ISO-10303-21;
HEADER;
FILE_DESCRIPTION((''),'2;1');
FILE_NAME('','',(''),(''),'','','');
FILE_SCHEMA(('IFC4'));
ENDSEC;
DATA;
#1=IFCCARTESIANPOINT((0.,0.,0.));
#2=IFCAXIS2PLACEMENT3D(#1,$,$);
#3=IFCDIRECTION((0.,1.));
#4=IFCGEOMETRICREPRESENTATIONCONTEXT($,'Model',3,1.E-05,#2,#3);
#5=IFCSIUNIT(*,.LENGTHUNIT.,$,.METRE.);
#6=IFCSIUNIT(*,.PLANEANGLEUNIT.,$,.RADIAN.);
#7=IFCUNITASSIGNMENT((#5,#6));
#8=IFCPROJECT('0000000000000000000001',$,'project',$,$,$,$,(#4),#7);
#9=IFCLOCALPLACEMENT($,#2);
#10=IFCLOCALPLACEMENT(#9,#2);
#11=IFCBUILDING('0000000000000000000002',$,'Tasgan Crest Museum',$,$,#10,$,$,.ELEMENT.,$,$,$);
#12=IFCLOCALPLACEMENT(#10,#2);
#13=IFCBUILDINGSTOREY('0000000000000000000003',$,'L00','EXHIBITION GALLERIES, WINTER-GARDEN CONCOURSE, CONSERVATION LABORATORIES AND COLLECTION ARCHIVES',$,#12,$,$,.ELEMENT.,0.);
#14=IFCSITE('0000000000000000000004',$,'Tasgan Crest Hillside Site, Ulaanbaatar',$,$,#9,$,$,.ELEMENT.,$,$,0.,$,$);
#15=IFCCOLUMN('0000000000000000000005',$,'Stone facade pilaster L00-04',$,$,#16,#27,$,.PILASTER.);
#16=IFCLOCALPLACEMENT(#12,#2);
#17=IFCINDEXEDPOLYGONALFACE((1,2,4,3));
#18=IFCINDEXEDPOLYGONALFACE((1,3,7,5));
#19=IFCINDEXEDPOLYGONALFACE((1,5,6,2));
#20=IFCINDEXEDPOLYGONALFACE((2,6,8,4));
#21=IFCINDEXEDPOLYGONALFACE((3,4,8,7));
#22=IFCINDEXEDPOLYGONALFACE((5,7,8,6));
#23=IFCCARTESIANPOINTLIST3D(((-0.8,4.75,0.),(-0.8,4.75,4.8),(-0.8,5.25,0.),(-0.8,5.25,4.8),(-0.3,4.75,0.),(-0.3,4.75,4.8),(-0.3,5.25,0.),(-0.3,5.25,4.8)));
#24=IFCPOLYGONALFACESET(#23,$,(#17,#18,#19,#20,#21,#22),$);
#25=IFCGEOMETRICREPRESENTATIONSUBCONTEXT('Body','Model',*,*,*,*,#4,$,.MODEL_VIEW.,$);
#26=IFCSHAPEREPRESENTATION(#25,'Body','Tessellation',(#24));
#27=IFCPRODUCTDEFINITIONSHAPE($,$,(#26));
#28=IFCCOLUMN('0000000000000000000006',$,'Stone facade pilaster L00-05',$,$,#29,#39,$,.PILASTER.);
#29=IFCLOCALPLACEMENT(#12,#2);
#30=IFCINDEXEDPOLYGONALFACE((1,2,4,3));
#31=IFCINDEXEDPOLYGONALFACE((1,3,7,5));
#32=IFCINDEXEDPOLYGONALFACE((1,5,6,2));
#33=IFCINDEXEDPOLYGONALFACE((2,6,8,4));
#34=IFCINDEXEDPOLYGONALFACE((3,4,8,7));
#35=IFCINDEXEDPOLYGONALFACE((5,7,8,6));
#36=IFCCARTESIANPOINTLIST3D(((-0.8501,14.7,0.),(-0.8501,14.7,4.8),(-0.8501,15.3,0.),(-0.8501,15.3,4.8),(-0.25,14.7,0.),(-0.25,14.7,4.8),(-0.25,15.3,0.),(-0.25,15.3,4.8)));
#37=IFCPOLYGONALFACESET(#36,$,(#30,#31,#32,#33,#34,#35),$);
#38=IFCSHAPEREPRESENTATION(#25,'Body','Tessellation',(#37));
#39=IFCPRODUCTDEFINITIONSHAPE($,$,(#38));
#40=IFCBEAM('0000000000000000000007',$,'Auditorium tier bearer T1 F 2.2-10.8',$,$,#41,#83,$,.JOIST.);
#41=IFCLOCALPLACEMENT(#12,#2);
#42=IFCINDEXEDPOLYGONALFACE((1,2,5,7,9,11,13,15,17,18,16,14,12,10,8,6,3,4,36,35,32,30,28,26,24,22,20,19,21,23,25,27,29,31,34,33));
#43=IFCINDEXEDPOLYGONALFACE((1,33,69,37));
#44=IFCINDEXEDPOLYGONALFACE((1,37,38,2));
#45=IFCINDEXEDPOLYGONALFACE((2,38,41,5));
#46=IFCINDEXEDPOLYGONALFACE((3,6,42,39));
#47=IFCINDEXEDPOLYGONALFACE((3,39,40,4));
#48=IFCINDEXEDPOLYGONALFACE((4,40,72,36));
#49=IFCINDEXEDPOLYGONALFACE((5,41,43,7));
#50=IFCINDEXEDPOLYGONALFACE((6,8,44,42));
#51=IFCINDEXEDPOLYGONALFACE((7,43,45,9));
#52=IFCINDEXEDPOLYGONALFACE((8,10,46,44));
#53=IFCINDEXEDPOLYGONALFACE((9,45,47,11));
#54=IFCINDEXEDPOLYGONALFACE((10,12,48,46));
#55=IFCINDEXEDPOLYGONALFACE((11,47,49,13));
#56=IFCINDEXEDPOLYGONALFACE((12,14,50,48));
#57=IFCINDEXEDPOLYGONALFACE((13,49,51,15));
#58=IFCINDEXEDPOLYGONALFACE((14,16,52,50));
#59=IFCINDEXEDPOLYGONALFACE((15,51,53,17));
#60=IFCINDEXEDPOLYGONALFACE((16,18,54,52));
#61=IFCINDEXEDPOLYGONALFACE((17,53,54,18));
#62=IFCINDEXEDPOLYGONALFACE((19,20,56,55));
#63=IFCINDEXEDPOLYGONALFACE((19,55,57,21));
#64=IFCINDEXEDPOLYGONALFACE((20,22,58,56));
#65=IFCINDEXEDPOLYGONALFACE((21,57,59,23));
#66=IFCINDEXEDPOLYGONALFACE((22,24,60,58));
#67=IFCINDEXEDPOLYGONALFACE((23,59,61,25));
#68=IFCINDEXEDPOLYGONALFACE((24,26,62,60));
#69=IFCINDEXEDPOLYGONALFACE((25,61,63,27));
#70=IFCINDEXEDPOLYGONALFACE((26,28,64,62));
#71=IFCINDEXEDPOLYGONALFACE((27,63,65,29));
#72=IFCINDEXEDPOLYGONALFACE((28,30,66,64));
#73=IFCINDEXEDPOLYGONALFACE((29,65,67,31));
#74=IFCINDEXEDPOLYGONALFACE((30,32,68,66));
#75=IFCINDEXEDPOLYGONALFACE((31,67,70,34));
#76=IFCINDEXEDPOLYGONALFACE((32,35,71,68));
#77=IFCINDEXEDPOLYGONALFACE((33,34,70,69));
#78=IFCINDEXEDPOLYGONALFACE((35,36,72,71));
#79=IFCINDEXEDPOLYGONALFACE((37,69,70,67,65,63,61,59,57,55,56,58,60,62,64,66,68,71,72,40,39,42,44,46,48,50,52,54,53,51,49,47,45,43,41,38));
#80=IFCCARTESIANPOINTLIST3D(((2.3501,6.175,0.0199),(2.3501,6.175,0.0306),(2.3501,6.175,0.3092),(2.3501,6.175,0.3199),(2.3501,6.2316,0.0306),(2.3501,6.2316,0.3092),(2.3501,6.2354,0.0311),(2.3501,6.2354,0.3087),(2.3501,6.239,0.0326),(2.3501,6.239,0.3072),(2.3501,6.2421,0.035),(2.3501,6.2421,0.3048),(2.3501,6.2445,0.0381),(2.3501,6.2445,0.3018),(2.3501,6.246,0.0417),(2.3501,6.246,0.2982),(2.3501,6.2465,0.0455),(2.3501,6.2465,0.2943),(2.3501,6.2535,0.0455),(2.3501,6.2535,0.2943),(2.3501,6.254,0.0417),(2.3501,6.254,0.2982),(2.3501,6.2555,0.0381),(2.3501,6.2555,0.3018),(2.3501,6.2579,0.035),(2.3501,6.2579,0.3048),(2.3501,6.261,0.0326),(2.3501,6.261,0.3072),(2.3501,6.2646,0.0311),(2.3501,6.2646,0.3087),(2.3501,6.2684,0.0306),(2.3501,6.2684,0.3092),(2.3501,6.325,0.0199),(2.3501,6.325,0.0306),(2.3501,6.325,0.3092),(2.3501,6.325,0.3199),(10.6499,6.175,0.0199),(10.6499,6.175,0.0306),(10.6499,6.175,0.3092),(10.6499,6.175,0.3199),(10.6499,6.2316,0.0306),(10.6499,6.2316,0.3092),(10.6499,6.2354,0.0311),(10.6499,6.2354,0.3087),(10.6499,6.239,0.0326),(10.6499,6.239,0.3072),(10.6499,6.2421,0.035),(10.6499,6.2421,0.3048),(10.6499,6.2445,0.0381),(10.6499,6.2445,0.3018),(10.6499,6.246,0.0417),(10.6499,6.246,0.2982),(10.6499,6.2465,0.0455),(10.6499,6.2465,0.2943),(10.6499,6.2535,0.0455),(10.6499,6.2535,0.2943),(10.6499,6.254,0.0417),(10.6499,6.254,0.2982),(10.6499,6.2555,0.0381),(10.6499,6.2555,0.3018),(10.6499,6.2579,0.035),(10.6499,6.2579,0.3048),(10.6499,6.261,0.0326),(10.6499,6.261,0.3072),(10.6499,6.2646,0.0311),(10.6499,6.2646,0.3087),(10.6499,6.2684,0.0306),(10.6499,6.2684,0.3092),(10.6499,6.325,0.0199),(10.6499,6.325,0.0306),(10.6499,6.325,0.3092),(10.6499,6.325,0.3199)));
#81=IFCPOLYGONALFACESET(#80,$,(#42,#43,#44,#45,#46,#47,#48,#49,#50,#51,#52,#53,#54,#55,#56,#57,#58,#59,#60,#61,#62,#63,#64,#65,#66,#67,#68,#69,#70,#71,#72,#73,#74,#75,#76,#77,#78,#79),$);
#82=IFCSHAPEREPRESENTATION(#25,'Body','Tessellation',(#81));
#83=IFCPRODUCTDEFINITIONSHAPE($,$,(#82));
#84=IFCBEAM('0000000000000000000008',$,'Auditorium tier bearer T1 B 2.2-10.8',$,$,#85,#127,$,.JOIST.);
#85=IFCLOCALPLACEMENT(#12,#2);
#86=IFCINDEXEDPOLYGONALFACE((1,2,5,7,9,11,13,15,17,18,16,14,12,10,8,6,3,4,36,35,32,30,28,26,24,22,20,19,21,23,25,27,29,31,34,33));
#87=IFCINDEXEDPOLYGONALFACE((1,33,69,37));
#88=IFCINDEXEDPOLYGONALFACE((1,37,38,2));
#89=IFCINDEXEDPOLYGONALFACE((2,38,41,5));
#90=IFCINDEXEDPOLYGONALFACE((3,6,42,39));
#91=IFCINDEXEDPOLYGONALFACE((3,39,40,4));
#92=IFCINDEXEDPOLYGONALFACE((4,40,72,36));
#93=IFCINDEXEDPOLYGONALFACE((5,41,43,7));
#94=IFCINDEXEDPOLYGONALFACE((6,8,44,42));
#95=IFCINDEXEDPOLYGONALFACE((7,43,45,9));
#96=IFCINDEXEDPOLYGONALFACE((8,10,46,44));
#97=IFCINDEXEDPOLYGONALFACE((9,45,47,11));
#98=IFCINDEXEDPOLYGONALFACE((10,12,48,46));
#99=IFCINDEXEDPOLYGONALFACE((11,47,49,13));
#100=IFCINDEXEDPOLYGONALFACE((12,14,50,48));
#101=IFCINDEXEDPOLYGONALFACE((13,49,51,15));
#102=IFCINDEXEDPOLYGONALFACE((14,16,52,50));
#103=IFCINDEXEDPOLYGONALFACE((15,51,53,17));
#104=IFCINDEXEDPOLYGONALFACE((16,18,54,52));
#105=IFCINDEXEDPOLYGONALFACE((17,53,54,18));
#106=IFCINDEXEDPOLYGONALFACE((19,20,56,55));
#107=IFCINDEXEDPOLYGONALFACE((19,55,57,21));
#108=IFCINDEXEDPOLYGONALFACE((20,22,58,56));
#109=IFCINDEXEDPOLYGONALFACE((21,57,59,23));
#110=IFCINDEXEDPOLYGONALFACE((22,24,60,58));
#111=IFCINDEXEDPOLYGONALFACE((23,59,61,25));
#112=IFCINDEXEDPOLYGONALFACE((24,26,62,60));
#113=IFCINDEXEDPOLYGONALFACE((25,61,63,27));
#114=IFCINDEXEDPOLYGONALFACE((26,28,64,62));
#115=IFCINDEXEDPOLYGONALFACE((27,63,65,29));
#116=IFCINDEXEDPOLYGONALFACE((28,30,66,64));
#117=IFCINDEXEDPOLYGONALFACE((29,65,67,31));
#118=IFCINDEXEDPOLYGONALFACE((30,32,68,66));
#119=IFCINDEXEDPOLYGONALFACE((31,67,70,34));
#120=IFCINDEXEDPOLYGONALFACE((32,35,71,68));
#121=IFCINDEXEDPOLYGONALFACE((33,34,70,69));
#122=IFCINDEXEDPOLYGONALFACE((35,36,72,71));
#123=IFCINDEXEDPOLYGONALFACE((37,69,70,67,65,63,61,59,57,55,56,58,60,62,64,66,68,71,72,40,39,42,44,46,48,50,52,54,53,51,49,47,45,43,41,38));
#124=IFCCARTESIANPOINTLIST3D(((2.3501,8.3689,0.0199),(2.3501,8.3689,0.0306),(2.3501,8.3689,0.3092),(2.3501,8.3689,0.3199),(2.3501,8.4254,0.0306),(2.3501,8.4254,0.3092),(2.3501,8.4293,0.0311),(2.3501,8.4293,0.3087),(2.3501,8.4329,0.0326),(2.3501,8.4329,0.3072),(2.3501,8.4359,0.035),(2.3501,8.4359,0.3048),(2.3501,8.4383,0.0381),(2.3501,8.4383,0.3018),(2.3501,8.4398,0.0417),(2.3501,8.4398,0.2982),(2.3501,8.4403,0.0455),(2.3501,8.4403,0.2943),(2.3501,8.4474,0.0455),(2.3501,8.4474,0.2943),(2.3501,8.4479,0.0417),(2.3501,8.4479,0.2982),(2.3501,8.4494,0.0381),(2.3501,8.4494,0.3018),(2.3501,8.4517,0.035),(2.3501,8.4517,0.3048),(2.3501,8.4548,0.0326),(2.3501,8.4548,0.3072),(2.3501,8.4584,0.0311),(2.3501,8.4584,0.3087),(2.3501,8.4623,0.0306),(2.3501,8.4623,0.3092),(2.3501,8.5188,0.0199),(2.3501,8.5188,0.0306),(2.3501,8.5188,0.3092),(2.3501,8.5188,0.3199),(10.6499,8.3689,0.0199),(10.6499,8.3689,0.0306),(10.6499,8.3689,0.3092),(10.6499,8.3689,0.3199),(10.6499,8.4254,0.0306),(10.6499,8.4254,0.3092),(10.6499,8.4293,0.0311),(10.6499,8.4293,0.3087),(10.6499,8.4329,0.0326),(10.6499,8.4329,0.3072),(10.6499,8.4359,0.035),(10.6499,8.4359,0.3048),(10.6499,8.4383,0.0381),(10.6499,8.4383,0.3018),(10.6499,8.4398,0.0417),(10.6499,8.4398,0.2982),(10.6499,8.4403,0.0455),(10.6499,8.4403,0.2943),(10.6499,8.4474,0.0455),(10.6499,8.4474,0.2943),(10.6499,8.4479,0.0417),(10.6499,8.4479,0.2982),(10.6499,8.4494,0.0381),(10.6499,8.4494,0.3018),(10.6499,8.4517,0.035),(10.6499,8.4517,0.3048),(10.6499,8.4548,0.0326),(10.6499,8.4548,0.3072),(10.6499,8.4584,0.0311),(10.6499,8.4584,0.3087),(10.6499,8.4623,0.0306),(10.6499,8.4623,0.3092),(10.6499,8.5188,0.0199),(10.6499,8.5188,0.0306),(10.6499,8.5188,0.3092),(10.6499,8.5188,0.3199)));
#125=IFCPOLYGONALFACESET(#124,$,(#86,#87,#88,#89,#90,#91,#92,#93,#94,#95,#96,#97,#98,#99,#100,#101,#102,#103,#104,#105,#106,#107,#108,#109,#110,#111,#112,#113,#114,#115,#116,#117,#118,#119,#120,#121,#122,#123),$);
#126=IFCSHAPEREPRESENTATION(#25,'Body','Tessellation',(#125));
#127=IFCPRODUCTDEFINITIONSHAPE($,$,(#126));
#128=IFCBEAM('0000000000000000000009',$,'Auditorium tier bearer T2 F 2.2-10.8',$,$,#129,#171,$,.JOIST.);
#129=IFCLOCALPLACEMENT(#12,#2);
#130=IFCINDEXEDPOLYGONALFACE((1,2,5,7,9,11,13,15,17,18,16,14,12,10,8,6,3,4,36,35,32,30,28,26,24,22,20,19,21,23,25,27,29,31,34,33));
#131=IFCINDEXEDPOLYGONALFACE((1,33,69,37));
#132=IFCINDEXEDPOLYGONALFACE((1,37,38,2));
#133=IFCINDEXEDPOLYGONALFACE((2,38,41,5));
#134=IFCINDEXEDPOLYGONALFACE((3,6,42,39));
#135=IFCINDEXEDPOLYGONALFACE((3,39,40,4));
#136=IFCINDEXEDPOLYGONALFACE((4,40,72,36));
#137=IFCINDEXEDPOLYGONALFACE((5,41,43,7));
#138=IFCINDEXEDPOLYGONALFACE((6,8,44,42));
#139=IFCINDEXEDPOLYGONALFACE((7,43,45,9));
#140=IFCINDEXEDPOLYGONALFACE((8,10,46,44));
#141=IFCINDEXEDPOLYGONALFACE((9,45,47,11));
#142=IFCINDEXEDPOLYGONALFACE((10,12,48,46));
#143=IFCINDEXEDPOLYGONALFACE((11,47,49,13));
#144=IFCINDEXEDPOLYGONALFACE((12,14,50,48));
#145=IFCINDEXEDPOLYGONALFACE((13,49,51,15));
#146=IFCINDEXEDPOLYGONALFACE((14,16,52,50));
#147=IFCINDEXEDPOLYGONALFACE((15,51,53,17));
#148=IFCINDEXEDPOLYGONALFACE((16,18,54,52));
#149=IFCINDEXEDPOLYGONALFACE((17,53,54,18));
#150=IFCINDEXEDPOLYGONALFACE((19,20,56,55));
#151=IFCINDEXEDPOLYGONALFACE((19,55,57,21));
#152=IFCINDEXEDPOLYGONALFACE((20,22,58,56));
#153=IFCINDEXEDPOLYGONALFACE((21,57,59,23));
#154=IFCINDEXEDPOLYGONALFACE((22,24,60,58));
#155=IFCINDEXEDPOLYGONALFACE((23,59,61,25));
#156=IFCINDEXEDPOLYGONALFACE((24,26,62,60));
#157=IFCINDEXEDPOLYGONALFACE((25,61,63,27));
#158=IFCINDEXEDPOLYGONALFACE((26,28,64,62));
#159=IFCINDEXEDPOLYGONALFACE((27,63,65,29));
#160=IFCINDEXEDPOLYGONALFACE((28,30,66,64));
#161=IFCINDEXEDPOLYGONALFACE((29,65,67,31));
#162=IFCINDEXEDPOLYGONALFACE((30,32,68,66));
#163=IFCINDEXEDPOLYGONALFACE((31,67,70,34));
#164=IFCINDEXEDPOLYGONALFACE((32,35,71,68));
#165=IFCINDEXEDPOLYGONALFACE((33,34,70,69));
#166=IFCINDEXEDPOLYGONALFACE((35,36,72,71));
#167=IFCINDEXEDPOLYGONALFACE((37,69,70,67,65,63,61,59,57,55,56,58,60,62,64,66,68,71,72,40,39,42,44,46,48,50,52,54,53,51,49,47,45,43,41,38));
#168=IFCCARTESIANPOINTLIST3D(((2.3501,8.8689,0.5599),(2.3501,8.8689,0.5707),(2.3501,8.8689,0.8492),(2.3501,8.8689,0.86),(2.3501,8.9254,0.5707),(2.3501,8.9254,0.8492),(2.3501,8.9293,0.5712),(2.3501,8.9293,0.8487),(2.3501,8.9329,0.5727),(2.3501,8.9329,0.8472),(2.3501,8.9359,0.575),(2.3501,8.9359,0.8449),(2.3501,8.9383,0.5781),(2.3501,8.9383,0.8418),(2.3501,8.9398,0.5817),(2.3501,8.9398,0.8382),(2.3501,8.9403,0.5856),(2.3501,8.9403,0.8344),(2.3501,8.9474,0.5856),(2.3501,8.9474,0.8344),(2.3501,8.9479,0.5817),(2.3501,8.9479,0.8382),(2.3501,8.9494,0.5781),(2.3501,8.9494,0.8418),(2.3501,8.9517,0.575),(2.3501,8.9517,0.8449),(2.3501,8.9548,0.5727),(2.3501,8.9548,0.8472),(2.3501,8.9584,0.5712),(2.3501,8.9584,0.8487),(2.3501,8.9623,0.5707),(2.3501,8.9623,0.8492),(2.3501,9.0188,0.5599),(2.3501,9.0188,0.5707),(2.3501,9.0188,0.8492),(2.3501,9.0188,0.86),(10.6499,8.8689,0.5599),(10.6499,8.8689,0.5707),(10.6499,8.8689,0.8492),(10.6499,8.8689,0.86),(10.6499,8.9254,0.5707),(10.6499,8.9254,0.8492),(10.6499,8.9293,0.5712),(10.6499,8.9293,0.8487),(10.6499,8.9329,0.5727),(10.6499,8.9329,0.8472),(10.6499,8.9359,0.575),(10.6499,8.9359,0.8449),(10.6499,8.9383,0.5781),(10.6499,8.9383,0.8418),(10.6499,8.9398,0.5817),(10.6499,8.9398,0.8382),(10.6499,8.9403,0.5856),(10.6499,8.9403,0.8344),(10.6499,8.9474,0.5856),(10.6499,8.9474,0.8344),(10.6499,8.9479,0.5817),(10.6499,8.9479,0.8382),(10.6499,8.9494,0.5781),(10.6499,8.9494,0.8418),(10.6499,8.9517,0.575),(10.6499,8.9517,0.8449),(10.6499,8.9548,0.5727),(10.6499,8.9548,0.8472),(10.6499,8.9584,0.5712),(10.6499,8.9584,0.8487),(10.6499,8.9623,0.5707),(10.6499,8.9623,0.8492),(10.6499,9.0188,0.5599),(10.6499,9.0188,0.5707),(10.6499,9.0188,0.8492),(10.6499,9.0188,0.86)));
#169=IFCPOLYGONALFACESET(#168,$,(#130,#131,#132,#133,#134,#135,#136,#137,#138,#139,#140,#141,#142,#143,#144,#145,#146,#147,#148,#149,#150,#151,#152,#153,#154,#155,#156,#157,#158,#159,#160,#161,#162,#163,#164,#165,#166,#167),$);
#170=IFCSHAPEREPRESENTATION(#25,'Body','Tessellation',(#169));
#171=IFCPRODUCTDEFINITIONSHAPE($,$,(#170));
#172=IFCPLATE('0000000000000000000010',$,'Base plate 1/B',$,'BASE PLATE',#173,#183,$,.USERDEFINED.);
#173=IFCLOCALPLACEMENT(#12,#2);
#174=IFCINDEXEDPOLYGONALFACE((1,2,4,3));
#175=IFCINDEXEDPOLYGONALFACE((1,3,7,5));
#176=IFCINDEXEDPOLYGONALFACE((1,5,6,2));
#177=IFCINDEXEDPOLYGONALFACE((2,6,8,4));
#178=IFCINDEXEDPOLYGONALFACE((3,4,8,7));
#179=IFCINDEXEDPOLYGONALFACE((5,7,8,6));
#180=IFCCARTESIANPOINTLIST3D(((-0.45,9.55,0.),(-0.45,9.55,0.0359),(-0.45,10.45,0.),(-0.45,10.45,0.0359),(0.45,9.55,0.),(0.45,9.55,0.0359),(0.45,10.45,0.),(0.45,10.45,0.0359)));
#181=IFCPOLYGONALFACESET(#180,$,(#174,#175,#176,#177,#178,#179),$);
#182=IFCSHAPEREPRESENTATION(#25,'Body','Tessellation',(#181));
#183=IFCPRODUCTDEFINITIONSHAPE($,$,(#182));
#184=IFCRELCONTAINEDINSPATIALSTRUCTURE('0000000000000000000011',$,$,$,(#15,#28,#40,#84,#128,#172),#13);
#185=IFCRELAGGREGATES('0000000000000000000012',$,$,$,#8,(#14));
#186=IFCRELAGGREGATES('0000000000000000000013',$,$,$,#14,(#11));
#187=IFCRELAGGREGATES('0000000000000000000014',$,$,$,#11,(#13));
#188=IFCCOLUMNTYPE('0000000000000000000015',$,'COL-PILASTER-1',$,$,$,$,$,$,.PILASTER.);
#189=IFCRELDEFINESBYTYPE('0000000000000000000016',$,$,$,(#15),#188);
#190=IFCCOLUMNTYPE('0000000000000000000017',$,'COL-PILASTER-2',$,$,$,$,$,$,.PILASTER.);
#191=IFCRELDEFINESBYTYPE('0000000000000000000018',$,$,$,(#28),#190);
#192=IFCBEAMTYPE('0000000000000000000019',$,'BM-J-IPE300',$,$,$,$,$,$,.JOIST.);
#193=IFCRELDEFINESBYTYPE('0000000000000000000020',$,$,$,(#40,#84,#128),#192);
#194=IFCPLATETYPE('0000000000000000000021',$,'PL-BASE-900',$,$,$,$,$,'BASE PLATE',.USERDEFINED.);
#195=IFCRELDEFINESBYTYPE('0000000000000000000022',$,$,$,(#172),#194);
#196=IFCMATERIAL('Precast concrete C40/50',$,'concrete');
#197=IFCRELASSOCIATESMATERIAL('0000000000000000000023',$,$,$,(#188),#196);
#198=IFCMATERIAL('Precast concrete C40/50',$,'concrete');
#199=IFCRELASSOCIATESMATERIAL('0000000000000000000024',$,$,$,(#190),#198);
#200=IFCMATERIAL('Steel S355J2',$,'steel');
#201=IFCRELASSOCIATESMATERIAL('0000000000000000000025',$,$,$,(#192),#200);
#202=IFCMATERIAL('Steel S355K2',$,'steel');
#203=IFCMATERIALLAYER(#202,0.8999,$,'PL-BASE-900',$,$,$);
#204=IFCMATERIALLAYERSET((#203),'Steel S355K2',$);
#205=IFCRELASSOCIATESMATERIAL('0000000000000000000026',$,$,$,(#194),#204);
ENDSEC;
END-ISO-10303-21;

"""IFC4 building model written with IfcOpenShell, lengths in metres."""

from ifc_helpers import new_model, si_unit, direction, frame, origin, origin_2d, place, context, subcontext, project, spatial, rectangle, i_section, extrude, material, layer, layer_set, material_profile, profile_set, type_object, element, save


model = new_model("IFC4")

# Units and contexts
model_context = context("Model", 3, precision=1e-05, world=origin(), true_north=direction((0.0, 1.0)))
body_context = subcontext(model_context, "Body", "Model", "MODEL_VIEW")
ifc_project = project(units=[si_unit("LENGTHUNIT", "METRE"), si_unit("PLANEANGLEUNIT", "RADIAN")], contexts=[model_context])

# Site, building, storey
site_placement = place(None, origin())
site = spatial("IfcSite", under=ifc_project, at=site_placement, Name="Tasgan Crest Hillside Site, Ulaanbaatar", CompositionType="ELEMENT", RefElevation=0.0)
building_placement = place(site_placement, origin())
building = spatial("IfcBuilding", under=site, at=building_placement, Name="Tasgan Crest Museum", CompositionType="ELEMENT")
storey_placement = place(building_placement, origin())
storey = spatial("IfcBuildingStorey", under=building, at=storey_placement, Name="L00", Description="EXHIBITION GALLERIES, WINTER-GARDEN CONCOURSE, CONSERVATION LABORATORIES AND COLLECTION ARCHIVES", CompositionType="ELEMENT", Elevation=0.0)

# Columns
ifc_material_1 = material(Name="Precast concrete C40/50", Category="concrete")
ifc_material_profile_1 = material_profile(ifc_material_1, rectangle(XDim=0.5, YDim=0.5, at=origin_2d()), Name="RC 500x500")
ifc_profile_set_1 = profile_set([ifc_material_profile_1], Name="Precast concrete C40/50")
column_type_1 = type_object("IfcColumnType", Name="COL-PILASTER-1", PredefinedType="PILASTER", material=ifc_profile_set_1)
column_1_placement = place(storey_placement, frame((-0.55, 5.0, 0.0), z_axis=(0.0, 0.0, 1.0), x_axis=(1.0, 0.0, 0.0)))
element("IfcColumn", 1, at=column_1_placement, inside=storey, type_object=column_type_1, Name="Stone facade pilaster L00-04", PredefinedType="PILASTER", context=body_context, shape_type="SweptSolid", body=[
    extrude(rectangle(XDim=0.5, YDim=0.5, at=origin_2d()), origin(), (0.0, 0.0, 1.0), 4.8),
])
ifc_material_2 = material(Name="Precast concrete C40/50", Category="concrete")
ifc_material_profile_2 = material_profile(ifc_material_2, rectangle(XDim=0.6001, YDim=0.6001, at=origin_2d()), Name="RC 600x600")
ifc_profile_set_2 = profile_set([ifc_material_profile_2], Name="Precast concrete C40/50")
column_type_2 = type_object("IfcColumnType", Name="COL-PILASTER-2", PredefinedType="PILASTER", material=ifc_profile_set_2)
column_2_placement = place(storey_placement, frame((-0.55, 15.0, 0.0), z_axis=(0.0, 0.0, 1.0), x_axis=(1.0, 0.0, 0.0)))
element("IfcColumn", 2, at=column_2_placement, inside=storey, type_object=column_type_2, Name="Stone facade pilaster L00-05", PredefinedType="PILASTER", context=body_context, shape_type="SweptSolid", body=[
    extrude(rectangle(XDim=0.6001, YDim=0.6001, at=origin_2d()), origin(), (0.0, 0.0, 1.0), 4.8),
])

# Beams
ifc_material_3 = material(Name="Steel S355J2", Category="steel")
ifc_material_profile_3 = material_profile(ifc_material_3, i_section(OverallWidth=0.1499, OverallDepth=0.3, WebThickness=0.0071, FlangeThickness=0.0107, FilletRadius=0.0149, at=origin_2d()), Name="IPE 300")
ifc_profile_set_3 = profile_set([ifc_material_profile_3], Name="Steel S355J2")
beam_type = type_object("IfcBeamType", Name="BM-J-IPE300", PredefinedType="JOIST", material=ifc_profile_set_3)
for number, where, z_axis, x_axis, name in (
    (3, (2.3501, 6.25, 0.1699), (1.0, 0.0, 0.0), (0.0, 1.0, 0.0), "Auditorium tier bearer T1 F 2.2-10.8"),
    (4, (2.3501, 8.4438, 0.1699), (1.0, 0.0, 0.0), (0.0, 1.0, 0.0), "Auditorium tier bearer T1 B 2.2-10.8"),
    (5, (2.3501, 8.9438, 0.71), (1.0, 0.0, 0.0), (0.0, 1.0, 0.0), "Auditorium tier bearer T2 F 2.2-10.8"),
):
    element("IfcBeam", number, at=place(storey_placement, frame(where, z_axis=z_axis, x_axis=x_axis)), inside=storey, type_object=beam_type, Name=name, PredefinedType="JOIST", context=body_context, shape_type="SweptSolid", body=[
        extrude(i_section(OverallWidth=0.1499, OverallDepth=0.3, WebThickness=0.0071, FlangeThickness=0.0107, FilletRadius=0.0149, at=origin_2d()), origin(), (0.0, 0.0, 1.0), 8.2998),
    ])

# Plate
ifc_material_4 = material(Name="Steel S355K2", Category="steel")
ifc_layer_1 = layer(ifc_material_4, 0.8999, Name="PL-BASE-900")
ifc_layer_set_1 = layer_set([ifc_layer_1], Name="Steel S355K2")
plate_type = type_object("IfcPlateType", Name="PL-BASE-900", ElementType="BASE PLATE", PredefinedType="USERDEFINED", material=ifc_layer_set_1)
plate_placement = place(storey_placement, frame((0.0, 10.0, 0.0), z_axis=(0.0, 0.0, 1.0), x_axis=(1.0, 0.0, 0.0)))
element("IfcPlate", 6, at=plate_placement, inside=storey, type_object=plate_type, Name="Base plate 1/B", ObjectType="BASE PLATE", PredefinedType="USERDEFINED", context=body_context, shape_type="SweptSolid", body=[
    extrude(rectangle(XDim=0.8999, YDim=0.8999, at=origin_2d()), origin(), (0.0, 0.0, 1.0), 0.0359),
])

save(model, "model.ifc")
